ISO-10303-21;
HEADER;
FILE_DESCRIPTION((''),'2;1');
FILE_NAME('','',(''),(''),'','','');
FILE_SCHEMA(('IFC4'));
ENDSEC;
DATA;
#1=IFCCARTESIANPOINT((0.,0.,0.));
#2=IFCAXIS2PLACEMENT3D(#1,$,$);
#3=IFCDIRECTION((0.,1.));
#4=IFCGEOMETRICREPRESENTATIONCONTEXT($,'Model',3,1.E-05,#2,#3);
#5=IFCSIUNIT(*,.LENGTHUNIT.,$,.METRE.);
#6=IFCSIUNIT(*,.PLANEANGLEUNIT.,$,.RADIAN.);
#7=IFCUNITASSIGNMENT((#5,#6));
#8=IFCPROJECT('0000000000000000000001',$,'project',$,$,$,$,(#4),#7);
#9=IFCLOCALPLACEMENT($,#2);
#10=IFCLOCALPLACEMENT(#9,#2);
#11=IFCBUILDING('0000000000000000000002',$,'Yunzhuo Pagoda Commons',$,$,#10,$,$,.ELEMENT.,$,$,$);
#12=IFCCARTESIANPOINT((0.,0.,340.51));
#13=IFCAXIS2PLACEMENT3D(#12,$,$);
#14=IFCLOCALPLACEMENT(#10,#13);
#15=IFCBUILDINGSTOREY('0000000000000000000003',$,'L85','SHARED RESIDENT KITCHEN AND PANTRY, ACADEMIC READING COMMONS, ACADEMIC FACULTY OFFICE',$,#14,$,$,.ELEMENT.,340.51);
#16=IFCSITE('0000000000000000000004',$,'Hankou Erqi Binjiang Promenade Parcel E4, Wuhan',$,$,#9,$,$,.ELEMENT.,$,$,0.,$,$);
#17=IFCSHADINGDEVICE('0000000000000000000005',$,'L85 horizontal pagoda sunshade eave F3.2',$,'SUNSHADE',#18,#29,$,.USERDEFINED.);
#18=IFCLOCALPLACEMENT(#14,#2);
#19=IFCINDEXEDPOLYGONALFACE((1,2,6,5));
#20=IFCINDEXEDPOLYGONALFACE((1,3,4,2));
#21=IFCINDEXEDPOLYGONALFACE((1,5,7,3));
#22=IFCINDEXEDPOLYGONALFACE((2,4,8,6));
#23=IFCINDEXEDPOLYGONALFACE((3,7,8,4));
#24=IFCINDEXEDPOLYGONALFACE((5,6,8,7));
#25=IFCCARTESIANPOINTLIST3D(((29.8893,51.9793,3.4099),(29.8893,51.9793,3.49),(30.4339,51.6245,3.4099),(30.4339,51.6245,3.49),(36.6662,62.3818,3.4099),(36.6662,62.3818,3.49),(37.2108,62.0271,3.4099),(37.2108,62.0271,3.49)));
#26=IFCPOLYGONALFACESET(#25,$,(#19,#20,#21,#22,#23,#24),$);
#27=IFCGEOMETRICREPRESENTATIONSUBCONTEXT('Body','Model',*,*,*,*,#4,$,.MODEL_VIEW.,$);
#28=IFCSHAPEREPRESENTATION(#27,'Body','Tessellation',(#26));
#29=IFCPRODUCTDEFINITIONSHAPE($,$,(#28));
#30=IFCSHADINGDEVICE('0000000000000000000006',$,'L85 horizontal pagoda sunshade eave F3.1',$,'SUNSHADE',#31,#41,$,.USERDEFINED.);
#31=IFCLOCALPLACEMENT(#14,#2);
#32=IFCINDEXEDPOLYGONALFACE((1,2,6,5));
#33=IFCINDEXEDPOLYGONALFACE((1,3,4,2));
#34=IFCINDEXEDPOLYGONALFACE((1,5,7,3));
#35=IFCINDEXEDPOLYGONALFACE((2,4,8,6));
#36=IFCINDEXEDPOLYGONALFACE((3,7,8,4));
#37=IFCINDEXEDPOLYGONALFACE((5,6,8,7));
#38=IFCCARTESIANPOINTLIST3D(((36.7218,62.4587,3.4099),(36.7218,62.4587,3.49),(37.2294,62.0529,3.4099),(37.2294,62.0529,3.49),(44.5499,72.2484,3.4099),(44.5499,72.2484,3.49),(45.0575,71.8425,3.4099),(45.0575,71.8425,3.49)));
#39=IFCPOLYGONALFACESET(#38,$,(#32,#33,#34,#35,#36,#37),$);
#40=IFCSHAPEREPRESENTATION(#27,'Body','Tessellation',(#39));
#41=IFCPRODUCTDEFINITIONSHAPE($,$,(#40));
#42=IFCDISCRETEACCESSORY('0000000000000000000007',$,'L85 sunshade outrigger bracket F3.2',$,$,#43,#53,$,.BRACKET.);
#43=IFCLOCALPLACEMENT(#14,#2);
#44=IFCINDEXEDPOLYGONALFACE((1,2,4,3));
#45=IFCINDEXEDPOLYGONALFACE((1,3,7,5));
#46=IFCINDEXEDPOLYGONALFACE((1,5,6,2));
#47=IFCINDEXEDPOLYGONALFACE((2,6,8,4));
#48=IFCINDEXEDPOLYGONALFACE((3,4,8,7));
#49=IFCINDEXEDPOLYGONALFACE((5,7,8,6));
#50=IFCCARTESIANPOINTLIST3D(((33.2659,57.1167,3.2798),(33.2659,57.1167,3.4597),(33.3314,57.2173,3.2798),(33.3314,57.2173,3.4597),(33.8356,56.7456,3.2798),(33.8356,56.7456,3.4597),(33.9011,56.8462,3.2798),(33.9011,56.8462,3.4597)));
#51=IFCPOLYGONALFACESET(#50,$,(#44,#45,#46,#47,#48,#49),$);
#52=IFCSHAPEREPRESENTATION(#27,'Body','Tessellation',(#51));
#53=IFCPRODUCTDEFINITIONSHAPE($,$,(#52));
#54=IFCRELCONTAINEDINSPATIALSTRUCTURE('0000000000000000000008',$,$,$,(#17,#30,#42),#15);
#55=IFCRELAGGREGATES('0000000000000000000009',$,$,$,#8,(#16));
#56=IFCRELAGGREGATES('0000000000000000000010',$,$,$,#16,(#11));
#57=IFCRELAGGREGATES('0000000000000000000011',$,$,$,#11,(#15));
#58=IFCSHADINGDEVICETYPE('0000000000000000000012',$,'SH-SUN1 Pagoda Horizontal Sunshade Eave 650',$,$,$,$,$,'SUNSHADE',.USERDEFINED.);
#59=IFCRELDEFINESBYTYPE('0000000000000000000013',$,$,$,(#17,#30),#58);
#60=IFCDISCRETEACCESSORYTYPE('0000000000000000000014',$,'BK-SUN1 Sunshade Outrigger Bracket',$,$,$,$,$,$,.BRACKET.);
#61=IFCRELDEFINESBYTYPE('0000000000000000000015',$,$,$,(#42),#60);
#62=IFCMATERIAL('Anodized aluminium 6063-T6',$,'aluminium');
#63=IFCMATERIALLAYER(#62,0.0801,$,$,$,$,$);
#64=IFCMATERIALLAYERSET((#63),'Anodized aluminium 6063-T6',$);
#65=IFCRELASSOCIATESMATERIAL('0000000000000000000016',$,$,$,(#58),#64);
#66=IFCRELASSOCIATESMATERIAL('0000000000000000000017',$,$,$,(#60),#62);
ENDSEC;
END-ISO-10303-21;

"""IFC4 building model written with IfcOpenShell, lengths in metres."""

from ifc_helpers import new_model, si_unit, direction, frame, origin, origin_2d, place, context, subcontext, project, spatial, rectangle, extrude, source, transform, mapped, material, layer, layer_set, type_object, element, save


model = new_model("IFC4")

# Units and contexts
model_context = context("Model", 3, precision=1e-05, world=origin(), true_north=direction((0.0, 1.0)))
body_context = subcontext(model_context, "Body", "Model", "MODEL_VIEW")
ifc_project = project(units=[si_unit("LENGTHUNIT", "METRE"), si_unit("PLANEANGLEUNIT", "RADIAN")], contexts=[model_context])

# Site, building, storey
site_placement = place(None, origin())
site = spatial("IfcSite", under=ifc_project, at=site_placement, Name="Hankou Erqi Binjiang Promenade Parcel E4, Wuhan", CompositionType="ELEMENT", RefElevation=0.0)
building_placement = place(site_placement, origin())
building = spatial("IfcBuilding", under=site, at=building_placement, Name="Yunzhuo Pagoda Commons", CompositionType="ELEMENT")
storey_placement = place(building_placement, frame((0.0, 0.0, 340.51)))
storey = spatial("IfcBuildingStorey", under=building, at=storey_placement, Name="L85", Description="SHARED RESIDENT KITCHEN AND PANTRY, ACADEMIC READING COMMONS, ACADEMIC FACULTY OFFICE", CompositionType="ELEMENT", Elevation=340.51)

# Shared definitions
ifc_material_1 = material(Name="Anodized aluminium 6063-T6", Category="aluminium")

# Shading devices
ifc_layer_1 = layer(ifc_material_1, 0.0801)
ifc_layer_set_1 = layer_set([ifc_layer_1], Name="Anodized aluminium 6063-T6")
shading_device_type = type_object("IfcShadingDeviceType", Name="SH-SUN1 Pagoda Horizontal Sunshade Eave 650", ElementType="SUNSHADE", PredefinedType="USERDEFINED", material=ifc_layer_set_1)
shared_shape_1 = source(origin(), body_context, "Body", "SweptSolid", [
    extrude(rectangle(XDim=12.4153, YDim=0.6499, at=origin_2d()), origin(), (0.0, 0.0, 1.0), 0.0801),
])
shading_device_1_placement = place(storey_placement, frame((33.55, 57.0032, 3.4099), z_axis=(0.0, 0.0, 1.0), x_axis=(-0.545853, -0.837881, 0.0)))
element("IfcShadingDevice", 1, at=shading_device_1_placement, inside=storey, type_object=shading_device_type, Name="L85 horizontal pagoda sunshade eave F3.2", ObjectType="SUNSHADE", PredefinedType="USERDEFINED", context=body_context, shape_type="MappedRepresentation", body=[
    mapped(shared_shape_1, transform((0.0, 0.0, 0.0), scale=1.0)),
])
shared_shape_2 = source(origin(), body_context, "Body", "SweptSolid", [
    extrude(rectangle(XDim=12.5347, YDim=0.6499, at=origin_2d()), origin(), (0.0, 0.0, 1.0), 0.0801),
])
shading_device_2_placement = place(storey_placement, frame((40.8896, 67.1506, 3.4099), z_axis=(0.0, 0.0, 1.0), x_axis=(-0.62452, -0.781008, 0.0)))
element("IfcShadingDevice", 2, at=shading_device_2_placement, inside=storey, type_object=shading_device_type, Name="L85 horizontal pagoda sunshade eave F3.1", ObjectType="SUNSHADE", PredefinedType="USERDEFINED", context=body_context, shape_type="MappedRepresentation", body=[
    mapped(shared_shape_2, transform((0.0, 0.0, 0.0), scale=1.0)),
])

# Discrete accessory
discrete_accessory_type = type_object("IfcDiscreteAccessoryType", Name="BK-SUN1 Sunshade Outrigger Bracket", PredefinedType="BRACKET", material=ifc_material_1)
shared_shape_3 = source(origin(), body_context, "Body", "SweptSolid", [
    extrude(rectangle(XDim=0.1201, YDim=0.6799, at=origin_2d()), origin(), (0.0, 0.0, 1.0), 0.1799),
])
discrete_accessory_placement = place(storey_placement, frame((33.5835, 56.9814, 3.2798), z_axis=(0.0, 0.0, 1.0), x_axis=(-0.545853, -0.837881, 0.0)))
element("IfcDiscreteAccessory", 3, at=discrete_accessory_placement, inside=storey, type_object=discrete_accessory_type, Name="L85 sunshade outrigger bracket F3.2", PredefinedType="BRACKET", context=body_context, shape_type="MappedRepresentation", body=[
    mapped(shared_shape_3, transform((0.0, 0.0, 0.0), scale=1.0)),
])

save(model, "model.ifc")
